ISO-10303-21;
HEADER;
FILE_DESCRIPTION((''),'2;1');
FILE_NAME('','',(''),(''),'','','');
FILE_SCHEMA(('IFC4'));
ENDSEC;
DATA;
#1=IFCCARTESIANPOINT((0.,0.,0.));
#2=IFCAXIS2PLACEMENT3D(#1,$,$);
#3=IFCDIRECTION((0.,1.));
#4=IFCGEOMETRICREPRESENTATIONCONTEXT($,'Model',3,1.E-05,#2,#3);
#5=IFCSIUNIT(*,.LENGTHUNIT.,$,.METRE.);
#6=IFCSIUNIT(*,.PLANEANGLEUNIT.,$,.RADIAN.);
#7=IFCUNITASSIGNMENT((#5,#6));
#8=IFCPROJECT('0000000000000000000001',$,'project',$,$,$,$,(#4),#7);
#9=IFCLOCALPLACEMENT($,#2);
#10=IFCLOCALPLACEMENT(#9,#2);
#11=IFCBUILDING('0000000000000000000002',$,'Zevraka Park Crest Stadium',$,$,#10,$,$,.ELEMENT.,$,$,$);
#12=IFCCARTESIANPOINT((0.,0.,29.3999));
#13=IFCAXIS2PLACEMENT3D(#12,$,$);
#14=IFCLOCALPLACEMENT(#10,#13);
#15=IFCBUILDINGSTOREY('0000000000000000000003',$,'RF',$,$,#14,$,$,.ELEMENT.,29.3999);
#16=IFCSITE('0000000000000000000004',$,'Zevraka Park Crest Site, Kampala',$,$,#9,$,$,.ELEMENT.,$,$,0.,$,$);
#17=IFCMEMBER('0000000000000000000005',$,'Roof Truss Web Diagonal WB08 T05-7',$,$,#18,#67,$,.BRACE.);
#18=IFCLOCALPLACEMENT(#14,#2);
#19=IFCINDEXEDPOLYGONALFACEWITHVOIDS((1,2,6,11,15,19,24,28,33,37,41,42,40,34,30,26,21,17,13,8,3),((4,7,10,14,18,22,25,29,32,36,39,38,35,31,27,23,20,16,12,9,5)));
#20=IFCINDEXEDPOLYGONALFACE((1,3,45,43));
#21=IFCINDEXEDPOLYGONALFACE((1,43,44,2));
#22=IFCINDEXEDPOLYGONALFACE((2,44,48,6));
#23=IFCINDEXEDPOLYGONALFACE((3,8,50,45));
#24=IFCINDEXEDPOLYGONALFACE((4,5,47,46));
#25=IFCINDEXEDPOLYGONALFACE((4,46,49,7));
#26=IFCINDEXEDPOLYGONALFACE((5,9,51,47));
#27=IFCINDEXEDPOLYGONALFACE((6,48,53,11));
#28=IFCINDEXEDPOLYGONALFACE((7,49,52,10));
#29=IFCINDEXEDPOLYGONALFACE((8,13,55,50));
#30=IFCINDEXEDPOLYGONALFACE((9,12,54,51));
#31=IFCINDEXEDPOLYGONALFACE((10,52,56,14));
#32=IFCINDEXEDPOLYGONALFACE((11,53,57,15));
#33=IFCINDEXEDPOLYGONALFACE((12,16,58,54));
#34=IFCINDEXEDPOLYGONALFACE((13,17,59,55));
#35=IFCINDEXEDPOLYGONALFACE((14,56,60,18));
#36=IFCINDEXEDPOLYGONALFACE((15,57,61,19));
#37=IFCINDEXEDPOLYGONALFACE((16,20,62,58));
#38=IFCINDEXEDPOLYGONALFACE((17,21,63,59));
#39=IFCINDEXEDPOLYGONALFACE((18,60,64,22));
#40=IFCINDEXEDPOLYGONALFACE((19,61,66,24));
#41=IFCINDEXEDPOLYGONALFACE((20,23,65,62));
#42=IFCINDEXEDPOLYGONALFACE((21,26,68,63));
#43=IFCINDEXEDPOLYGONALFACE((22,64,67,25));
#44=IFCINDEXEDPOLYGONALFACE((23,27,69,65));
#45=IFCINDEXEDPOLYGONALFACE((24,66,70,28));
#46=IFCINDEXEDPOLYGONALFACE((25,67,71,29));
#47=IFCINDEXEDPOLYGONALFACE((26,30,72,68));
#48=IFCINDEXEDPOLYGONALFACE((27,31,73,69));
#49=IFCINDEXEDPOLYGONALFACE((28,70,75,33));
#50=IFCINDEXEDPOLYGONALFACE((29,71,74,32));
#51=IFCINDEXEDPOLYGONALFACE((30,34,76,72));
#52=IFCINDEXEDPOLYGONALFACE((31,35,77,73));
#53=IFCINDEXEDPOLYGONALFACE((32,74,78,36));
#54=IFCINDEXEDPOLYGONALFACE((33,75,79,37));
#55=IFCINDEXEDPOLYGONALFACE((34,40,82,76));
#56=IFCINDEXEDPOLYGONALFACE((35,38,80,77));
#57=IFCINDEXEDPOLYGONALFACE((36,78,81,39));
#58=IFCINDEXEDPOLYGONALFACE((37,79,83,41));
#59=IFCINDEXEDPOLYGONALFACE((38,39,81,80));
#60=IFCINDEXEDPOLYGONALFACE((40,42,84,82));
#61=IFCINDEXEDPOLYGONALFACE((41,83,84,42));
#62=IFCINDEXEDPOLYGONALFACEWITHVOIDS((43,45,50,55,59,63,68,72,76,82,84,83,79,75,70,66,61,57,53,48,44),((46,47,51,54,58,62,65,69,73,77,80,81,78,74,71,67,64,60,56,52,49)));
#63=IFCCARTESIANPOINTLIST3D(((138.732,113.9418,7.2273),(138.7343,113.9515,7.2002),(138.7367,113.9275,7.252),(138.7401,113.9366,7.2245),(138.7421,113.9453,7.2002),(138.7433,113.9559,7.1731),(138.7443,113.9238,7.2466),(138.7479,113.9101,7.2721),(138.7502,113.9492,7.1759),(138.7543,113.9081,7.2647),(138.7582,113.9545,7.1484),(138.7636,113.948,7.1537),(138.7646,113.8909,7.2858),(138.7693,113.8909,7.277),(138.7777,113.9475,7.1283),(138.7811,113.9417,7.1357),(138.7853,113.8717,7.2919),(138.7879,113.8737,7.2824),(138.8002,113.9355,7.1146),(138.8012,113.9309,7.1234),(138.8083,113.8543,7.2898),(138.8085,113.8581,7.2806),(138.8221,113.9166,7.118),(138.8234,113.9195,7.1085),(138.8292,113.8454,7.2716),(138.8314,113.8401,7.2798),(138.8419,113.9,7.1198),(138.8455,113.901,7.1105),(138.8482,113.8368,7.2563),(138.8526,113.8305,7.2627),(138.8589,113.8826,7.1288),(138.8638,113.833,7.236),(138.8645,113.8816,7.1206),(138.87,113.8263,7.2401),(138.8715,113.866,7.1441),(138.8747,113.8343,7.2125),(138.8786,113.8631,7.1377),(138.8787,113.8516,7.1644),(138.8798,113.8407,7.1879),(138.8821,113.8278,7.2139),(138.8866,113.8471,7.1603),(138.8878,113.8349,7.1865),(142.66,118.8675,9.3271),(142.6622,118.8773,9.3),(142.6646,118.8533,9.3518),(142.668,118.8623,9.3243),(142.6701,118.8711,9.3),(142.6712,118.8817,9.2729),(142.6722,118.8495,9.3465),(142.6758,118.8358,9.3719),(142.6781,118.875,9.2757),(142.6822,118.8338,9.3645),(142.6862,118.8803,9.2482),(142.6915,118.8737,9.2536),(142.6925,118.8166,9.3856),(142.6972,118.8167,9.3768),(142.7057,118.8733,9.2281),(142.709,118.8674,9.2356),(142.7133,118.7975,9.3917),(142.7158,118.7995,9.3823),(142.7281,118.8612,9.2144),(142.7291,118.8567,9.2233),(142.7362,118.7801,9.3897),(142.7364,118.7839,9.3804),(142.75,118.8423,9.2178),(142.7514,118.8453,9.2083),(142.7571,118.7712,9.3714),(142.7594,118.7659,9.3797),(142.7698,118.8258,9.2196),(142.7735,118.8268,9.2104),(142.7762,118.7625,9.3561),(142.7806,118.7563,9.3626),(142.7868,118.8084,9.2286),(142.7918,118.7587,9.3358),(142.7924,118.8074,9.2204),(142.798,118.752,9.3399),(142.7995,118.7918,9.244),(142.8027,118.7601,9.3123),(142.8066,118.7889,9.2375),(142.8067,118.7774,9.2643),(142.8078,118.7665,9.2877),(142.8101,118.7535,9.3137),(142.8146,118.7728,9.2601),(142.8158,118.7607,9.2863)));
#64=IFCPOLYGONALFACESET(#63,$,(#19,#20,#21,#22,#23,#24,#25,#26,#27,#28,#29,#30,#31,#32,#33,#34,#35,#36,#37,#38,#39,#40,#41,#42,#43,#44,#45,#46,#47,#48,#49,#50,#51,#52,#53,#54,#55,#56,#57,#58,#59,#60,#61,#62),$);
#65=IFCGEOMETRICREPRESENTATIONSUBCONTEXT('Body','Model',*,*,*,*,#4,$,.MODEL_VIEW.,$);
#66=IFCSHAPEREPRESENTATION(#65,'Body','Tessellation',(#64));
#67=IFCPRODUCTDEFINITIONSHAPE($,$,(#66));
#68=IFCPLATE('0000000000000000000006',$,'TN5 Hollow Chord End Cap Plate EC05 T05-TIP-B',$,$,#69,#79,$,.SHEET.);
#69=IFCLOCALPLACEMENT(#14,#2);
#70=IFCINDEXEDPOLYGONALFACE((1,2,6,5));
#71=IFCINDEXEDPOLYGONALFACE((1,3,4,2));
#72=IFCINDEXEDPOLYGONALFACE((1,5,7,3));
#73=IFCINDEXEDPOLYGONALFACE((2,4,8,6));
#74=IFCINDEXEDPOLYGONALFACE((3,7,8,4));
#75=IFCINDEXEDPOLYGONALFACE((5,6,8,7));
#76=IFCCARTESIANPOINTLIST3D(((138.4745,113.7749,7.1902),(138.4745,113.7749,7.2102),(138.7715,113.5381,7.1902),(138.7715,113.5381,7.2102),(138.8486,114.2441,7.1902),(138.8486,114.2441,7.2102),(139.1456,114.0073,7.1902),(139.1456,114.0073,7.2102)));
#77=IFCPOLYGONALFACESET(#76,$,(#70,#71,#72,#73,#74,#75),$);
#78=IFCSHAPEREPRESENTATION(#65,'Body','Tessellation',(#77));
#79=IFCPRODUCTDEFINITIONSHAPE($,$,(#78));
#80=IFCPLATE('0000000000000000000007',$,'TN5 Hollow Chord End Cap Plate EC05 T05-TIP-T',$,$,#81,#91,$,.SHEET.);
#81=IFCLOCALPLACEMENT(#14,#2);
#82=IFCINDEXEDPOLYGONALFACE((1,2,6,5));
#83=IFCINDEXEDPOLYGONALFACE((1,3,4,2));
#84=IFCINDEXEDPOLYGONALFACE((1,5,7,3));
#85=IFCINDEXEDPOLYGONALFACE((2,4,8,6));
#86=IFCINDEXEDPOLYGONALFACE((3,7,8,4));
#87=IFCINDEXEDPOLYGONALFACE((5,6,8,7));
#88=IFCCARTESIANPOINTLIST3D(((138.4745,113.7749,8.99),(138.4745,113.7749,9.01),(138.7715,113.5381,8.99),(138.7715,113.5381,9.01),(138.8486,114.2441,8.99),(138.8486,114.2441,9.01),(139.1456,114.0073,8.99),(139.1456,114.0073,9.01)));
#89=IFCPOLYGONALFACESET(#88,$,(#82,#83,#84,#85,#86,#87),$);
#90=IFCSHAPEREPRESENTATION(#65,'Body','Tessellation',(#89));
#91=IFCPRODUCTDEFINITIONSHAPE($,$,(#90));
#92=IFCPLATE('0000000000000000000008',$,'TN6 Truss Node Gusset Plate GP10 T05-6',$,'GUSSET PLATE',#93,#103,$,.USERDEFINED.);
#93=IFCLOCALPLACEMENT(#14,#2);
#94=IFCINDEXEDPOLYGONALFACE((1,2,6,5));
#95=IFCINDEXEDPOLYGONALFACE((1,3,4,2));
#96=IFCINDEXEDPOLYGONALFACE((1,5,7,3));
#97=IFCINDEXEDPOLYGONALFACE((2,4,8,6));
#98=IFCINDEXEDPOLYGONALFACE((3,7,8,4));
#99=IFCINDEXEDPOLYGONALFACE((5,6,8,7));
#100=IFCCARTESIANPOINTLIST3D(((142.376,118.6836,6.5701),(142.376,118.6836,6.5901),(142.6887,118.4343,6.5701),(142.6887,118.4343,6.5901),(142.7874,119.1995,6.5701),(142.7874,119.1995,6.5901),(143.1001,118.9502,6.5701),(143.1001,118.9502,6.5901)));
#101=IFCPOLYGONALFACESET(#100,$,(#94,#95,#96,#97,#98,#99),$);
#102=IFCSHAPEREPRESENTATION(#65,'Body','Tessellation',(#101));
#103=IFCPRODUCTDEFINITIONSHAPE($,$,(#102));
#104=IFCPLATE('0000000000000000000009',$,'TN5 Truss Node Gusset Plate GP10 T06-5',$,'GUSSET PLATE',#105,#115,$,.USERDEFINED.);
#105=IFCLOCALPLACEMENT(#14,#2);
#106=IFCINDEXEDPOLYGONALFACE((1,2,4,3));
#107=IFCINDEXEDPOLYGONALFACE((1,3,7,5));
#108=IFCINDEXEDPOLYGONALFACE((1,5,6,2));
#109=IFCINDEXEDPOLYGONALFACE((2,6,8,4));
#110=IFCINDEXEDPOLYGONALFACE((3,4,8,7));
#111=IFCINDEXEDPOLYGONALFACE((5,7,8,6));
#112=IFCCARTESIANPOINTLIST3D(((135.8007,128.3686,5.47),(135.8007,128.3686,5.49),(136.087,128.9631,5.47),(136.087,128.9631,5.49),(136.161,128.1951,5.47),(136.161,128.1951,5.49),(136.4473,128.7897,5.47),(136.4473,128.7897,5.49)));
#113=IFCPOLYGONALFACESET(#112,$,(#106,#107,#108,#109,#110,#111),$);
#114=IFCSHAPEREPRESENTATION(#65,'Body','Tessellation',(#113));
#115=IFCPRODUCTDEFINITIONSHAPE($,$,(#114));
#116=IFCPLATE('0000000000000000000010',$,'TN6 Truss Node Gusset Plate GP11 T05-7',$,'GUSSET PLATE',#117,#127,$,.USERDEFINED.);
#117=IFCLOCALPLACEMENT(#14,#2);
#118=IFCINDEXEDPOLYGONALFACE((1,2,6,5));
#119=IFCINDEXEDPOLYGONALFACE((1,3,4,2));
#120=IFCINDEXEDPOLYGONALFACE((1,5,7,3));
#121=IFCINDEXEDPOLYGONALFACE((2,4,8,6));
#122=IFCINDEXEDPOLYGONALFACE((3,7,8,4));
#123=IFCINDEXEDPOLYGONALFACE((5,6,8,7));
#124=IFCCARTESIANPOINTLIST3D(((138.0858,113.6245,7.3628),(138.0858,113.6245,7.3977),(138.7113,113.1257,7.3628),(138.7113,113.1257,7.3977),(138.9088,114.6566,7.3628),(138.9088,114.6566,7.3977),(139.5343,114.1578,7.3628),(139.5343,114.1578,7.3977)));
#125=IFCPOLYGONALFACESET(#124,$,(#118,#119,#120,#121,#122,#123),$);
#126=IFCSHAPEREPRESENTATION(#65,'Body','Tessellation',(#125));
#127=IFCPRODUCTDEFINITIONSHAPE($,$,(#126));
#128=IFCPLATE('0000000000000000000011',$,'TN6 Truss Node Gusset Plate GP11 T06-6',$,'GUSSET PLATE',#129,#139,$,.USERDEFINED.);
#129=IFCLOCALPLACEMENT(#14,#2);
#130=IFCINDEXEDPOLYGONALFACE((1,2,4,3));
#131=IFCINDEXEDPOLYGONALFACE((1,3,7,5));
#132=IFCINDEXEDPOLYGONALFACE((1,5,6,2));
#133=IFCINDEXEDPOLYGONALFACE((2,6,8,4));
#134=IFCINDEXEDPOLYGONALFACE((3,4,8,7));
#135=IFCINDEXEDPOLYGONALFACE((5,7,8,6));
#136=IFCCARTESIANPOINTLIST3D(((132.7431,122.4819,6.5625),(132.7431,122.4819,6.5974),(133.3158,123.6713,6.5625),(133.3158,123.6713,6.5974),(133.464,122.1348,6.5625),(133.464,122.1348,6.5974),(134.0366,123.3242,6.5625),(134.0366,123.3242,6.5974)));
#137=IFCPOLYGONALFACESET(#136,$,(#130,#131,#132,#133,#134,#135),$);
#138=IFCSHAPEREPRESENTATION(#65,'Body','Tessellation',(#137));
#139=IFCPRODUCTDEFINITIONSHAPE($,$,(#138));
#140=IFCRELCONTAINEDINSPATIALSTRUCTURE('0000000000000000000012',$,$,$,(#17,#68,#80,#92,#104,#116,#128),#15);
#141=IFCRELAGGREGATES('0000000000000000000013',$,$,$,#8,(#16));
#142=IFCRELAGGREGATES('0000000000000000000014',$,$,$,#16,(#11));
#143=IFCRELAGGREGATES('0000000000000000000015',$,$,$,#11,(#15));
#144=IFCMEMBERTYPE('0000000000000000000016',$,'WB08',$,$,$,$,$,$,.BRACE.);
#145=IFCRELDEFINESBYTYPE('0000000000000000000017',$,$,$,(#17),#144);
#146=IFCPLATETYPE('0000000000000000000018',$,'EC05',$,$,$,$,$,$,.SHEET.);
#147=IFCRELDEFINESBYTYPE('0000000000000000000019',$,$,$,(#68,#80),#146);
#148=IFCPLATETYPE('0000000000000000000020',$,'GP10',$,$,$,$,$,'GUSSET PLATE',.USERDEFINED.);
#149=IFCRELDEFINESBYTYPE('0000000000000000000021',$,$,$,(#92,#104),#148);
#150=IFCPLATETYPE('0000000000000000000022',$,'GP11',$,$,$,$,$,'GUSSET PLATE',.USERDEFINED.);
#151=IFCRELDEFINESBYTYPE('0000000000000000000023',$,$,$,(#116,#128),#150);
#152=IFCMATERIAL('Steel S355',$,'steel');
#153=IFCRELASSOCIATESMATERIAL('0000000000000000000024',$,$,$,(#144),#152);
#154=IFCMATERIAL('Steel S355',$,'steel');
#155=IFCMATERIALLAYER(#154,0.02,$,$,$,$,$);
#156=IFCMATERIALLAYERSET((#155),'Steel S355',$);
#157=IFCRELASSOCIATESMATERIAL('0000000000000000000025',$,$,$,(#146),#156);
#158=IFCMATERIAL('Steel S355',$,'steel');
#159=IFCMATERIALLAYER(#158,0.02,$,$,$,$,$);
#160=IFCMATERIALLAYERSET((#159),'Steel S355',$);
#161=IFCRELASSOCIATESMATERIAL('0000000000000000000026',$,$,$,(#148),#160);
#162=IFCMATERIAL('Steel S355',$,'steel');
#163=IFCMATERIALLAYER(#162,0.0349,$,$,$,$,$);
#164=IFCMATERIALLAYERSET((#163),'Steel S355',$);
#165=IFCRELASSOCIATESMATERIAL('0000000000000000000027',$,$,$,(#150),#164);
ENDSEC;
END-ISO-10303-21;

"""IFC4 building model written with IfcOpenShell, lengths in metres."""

from ifc_helpers import new_model, si_unit, direction, frame, origin, origin_2d, place, context, subcontext, project, spatial, rectangle, hollow_circle, extrude, material, layer, layer_set, material_profile, profile_set, type_object, element, save


model = new_model("IFC4")

# Units and contexts
model_context = context("Model", 3, precision=1e-05, world=origin(), true_north=direction((0.0, 1.0)))
body_context = subcontext(model_context, "Body", "Model", "MODEL_VIEW")
ifc_project = project(units=[si_unit("LENGTHUNIT", "METRE"), si_unit("PLANEANGLEUNIT", "RADIAN")], contexts=[model_context])

# Site, building, storey
site_placement = place(None, origin())
site = spatial("IfcSite", under=ifc_project, at=site_placement, Name="Zevraka Park Crest Site, Kampala", CompositionType="ELEMENT", RefElevation=0.0)
building_placement = place(site_placement, origin())
building = spatial("IfcBuilding", under=site, at=building_placement, Name="Zevraka Park Crest Stadium", CompositionType="ELEMENT")
storey_placement = place(building_placement, frame((0.0, 0.0, 29.3999)))
storey = spatial("IfcBuildingStorey", under=building, at=storey_placement, Name="RF", CompositionType="ELEMENT", Elevation=29.3999)

# Member
ifc_material_1 = material(Name="Steel S355", Category="steel")
ifc_material_profile_1 = material_profile(ifc_material_1, hollow_circle(Radius=0.0969, WallThickness=0.01, at=origin_2d()), Name="CHS 193.7x10")
ifc_profile_set_1 = profile_set([ifc_material_profile_1], Name="Steel S355")
member_type_1 = type_object("IfcMemberType", Name="WB08", PredefinedType="BRACE", material=ifc_profile_set_1)
member_1_placement = place(storey_placement, frame((138.8101, 113.8911, 7.2002), z_axis=(0.591482, 0.741733, 0.3162), x_axis=(-0.781847, 0.62347, 0.0)))
element("IfcMember", 1, at=member_1_placement, inside=storey, type_object=member_type_1, Name="Roof Truss Web Diagonal WB08 T05-7", PredefinedType="BRACE", context=body_context, shape_type="SweptSolid", body=[
    extrude(hollow_circle(Radius=0.0969, WallThickness=0.01, at=origin_2d()), origin(), (0.0, 0.0, 1.0), 6.6409),
])

# Plates
ifc_material_2 = material(Name="Steel S355", Category="steel")
ifc_layer_1 = layer(ifc_material_2, 0.02)
ifc_layer_set_1 = layer_set([ifc_layer_1], Name="Steel S355")
plate_type_1 = type_object("IfcPlateType", Name="EC05", PredefinedType="SHEET", material=ifc_layer_set_1)
for number, where, z_axis, x_axis, name in (
    (2, (138.8101, 113.8911, 7.1902), (0.0, 0.0, 1.0), (0.62347, 0.781847, 0.0), "TN5 Hollow Chord End Cap Plate EC05 T05-TIP-B"),
    (3, (138.8101, 113.8911, 8.99), (0.0, 0.0, 1.0), (0.62347, 0.781847, 0.0), "TN5 Hollow Chord End Cap Plate EC05 T05-TIP-T"),
):
    element("IfcPlate", number, at=place(storey_placement, frame(where, z_axis=z_axis, x_axis=x_axis)), inside=storey, type_object=plate_type_1, Name=name, PredefinedType="SHEET", context=body_context, shape_type="SweptSolid", body=[
        extrude(rectangle(XDim=0.6001, YDim=0.3799, at=origin_2d()), origin(), (0.0, 0.0, 1.0), 0.02),
    ])
ifc_material_3 = material(Name="Steel S355", Category="steel")
ifc_layer_2 = layer(ifc_material_3, 0.02)
ifc_layer_set_2 = layer_set([ifc_layer_2], Name="Steel S355")
plate_type_2 = type_object("IfcPlateType", Name="GP10", ElementType="GUSSET PLATE", PredefinedType="USERDEFINED", material=ifc_layer_set_2)
for number, where, z_axis, x_axis, name in (
    (4, (142.738, 118.8169, 6.5701), (0.0, 0.0, 1.0), (0.62347, 0.781847, 0.0), "TN6 Truss Node Gusset Plate GP10 T05-6"),
    (5, (136.124, 128.5791, 5.47), (0.0, 0.0, 1.0), (0.433816, 0.901001, 0.0), "TN5 Truss Node Gusset Plate GP10 T06-5"),
):
    element("IfcPlate", number, at=place(storey_placement, frame(where, z_axis=z_axis, x_axis=x_axis)), inside=storey, type_object=plate_type_2, Name=name, ObjectType="GUSSET PLATE", PredefinedType="USERDEFINED", context=body_context, shape_type="SweptSolid", body=[
        extrude(rectangle(XDim=0.6599, YDim=0.3999, at=origin_2d()), origin(), (0.0, 0.0, 1.0), 0.02),
    ])
ifc_material_4 = material(Name="Steel S355", Category="steel")
ifc_layer_3 = layer(ifc_material_4, 0.0349)
ifc_layer_set_3 = layer_set([ifc_layer_3], Name="Steel S355")
plate_type_3 = type_object("IfcPlateType", Name="GP11", ElementType="GUSSET PLATE", PredefinedType="USERDEFINED", material=ifc_layer_set_3)
for number, where, z_axis, x_axis, name in (
    (6, (138.8101, 113.8911, 7.3628), (0.0, 0.0, 1.0), (0.62347, 0.781847, 0.0), "TN6 Truss Node Gusset Plate GP11 T05-7"),
    (7, (133.3899, 122.9031, 6.5625), (0.0, 0.0, 1.0), (0.433816, 0.901001, 0.0), "TN6 Truss Node Gusset Plate GP11 T06-6"),
):
    element("IfcPlate", number, at=place(storey_placement, frame(where, z_axis=z_axis, x_axis=x_axis)), inside=storey, type_object=plate_type_3, Name=name, ObjectType="GUSSET PLATE", PredefinedType="USERDEFINED", context=body_context, shape_type="SweptSolid", body=[
        extrude(rectangle(XDim=1.3201, YDim=0.8, at=origin_2d()), origin(), (0.0, 0.0, 1.0), 0.0349),
    ])

save(model, "model.ifc")
